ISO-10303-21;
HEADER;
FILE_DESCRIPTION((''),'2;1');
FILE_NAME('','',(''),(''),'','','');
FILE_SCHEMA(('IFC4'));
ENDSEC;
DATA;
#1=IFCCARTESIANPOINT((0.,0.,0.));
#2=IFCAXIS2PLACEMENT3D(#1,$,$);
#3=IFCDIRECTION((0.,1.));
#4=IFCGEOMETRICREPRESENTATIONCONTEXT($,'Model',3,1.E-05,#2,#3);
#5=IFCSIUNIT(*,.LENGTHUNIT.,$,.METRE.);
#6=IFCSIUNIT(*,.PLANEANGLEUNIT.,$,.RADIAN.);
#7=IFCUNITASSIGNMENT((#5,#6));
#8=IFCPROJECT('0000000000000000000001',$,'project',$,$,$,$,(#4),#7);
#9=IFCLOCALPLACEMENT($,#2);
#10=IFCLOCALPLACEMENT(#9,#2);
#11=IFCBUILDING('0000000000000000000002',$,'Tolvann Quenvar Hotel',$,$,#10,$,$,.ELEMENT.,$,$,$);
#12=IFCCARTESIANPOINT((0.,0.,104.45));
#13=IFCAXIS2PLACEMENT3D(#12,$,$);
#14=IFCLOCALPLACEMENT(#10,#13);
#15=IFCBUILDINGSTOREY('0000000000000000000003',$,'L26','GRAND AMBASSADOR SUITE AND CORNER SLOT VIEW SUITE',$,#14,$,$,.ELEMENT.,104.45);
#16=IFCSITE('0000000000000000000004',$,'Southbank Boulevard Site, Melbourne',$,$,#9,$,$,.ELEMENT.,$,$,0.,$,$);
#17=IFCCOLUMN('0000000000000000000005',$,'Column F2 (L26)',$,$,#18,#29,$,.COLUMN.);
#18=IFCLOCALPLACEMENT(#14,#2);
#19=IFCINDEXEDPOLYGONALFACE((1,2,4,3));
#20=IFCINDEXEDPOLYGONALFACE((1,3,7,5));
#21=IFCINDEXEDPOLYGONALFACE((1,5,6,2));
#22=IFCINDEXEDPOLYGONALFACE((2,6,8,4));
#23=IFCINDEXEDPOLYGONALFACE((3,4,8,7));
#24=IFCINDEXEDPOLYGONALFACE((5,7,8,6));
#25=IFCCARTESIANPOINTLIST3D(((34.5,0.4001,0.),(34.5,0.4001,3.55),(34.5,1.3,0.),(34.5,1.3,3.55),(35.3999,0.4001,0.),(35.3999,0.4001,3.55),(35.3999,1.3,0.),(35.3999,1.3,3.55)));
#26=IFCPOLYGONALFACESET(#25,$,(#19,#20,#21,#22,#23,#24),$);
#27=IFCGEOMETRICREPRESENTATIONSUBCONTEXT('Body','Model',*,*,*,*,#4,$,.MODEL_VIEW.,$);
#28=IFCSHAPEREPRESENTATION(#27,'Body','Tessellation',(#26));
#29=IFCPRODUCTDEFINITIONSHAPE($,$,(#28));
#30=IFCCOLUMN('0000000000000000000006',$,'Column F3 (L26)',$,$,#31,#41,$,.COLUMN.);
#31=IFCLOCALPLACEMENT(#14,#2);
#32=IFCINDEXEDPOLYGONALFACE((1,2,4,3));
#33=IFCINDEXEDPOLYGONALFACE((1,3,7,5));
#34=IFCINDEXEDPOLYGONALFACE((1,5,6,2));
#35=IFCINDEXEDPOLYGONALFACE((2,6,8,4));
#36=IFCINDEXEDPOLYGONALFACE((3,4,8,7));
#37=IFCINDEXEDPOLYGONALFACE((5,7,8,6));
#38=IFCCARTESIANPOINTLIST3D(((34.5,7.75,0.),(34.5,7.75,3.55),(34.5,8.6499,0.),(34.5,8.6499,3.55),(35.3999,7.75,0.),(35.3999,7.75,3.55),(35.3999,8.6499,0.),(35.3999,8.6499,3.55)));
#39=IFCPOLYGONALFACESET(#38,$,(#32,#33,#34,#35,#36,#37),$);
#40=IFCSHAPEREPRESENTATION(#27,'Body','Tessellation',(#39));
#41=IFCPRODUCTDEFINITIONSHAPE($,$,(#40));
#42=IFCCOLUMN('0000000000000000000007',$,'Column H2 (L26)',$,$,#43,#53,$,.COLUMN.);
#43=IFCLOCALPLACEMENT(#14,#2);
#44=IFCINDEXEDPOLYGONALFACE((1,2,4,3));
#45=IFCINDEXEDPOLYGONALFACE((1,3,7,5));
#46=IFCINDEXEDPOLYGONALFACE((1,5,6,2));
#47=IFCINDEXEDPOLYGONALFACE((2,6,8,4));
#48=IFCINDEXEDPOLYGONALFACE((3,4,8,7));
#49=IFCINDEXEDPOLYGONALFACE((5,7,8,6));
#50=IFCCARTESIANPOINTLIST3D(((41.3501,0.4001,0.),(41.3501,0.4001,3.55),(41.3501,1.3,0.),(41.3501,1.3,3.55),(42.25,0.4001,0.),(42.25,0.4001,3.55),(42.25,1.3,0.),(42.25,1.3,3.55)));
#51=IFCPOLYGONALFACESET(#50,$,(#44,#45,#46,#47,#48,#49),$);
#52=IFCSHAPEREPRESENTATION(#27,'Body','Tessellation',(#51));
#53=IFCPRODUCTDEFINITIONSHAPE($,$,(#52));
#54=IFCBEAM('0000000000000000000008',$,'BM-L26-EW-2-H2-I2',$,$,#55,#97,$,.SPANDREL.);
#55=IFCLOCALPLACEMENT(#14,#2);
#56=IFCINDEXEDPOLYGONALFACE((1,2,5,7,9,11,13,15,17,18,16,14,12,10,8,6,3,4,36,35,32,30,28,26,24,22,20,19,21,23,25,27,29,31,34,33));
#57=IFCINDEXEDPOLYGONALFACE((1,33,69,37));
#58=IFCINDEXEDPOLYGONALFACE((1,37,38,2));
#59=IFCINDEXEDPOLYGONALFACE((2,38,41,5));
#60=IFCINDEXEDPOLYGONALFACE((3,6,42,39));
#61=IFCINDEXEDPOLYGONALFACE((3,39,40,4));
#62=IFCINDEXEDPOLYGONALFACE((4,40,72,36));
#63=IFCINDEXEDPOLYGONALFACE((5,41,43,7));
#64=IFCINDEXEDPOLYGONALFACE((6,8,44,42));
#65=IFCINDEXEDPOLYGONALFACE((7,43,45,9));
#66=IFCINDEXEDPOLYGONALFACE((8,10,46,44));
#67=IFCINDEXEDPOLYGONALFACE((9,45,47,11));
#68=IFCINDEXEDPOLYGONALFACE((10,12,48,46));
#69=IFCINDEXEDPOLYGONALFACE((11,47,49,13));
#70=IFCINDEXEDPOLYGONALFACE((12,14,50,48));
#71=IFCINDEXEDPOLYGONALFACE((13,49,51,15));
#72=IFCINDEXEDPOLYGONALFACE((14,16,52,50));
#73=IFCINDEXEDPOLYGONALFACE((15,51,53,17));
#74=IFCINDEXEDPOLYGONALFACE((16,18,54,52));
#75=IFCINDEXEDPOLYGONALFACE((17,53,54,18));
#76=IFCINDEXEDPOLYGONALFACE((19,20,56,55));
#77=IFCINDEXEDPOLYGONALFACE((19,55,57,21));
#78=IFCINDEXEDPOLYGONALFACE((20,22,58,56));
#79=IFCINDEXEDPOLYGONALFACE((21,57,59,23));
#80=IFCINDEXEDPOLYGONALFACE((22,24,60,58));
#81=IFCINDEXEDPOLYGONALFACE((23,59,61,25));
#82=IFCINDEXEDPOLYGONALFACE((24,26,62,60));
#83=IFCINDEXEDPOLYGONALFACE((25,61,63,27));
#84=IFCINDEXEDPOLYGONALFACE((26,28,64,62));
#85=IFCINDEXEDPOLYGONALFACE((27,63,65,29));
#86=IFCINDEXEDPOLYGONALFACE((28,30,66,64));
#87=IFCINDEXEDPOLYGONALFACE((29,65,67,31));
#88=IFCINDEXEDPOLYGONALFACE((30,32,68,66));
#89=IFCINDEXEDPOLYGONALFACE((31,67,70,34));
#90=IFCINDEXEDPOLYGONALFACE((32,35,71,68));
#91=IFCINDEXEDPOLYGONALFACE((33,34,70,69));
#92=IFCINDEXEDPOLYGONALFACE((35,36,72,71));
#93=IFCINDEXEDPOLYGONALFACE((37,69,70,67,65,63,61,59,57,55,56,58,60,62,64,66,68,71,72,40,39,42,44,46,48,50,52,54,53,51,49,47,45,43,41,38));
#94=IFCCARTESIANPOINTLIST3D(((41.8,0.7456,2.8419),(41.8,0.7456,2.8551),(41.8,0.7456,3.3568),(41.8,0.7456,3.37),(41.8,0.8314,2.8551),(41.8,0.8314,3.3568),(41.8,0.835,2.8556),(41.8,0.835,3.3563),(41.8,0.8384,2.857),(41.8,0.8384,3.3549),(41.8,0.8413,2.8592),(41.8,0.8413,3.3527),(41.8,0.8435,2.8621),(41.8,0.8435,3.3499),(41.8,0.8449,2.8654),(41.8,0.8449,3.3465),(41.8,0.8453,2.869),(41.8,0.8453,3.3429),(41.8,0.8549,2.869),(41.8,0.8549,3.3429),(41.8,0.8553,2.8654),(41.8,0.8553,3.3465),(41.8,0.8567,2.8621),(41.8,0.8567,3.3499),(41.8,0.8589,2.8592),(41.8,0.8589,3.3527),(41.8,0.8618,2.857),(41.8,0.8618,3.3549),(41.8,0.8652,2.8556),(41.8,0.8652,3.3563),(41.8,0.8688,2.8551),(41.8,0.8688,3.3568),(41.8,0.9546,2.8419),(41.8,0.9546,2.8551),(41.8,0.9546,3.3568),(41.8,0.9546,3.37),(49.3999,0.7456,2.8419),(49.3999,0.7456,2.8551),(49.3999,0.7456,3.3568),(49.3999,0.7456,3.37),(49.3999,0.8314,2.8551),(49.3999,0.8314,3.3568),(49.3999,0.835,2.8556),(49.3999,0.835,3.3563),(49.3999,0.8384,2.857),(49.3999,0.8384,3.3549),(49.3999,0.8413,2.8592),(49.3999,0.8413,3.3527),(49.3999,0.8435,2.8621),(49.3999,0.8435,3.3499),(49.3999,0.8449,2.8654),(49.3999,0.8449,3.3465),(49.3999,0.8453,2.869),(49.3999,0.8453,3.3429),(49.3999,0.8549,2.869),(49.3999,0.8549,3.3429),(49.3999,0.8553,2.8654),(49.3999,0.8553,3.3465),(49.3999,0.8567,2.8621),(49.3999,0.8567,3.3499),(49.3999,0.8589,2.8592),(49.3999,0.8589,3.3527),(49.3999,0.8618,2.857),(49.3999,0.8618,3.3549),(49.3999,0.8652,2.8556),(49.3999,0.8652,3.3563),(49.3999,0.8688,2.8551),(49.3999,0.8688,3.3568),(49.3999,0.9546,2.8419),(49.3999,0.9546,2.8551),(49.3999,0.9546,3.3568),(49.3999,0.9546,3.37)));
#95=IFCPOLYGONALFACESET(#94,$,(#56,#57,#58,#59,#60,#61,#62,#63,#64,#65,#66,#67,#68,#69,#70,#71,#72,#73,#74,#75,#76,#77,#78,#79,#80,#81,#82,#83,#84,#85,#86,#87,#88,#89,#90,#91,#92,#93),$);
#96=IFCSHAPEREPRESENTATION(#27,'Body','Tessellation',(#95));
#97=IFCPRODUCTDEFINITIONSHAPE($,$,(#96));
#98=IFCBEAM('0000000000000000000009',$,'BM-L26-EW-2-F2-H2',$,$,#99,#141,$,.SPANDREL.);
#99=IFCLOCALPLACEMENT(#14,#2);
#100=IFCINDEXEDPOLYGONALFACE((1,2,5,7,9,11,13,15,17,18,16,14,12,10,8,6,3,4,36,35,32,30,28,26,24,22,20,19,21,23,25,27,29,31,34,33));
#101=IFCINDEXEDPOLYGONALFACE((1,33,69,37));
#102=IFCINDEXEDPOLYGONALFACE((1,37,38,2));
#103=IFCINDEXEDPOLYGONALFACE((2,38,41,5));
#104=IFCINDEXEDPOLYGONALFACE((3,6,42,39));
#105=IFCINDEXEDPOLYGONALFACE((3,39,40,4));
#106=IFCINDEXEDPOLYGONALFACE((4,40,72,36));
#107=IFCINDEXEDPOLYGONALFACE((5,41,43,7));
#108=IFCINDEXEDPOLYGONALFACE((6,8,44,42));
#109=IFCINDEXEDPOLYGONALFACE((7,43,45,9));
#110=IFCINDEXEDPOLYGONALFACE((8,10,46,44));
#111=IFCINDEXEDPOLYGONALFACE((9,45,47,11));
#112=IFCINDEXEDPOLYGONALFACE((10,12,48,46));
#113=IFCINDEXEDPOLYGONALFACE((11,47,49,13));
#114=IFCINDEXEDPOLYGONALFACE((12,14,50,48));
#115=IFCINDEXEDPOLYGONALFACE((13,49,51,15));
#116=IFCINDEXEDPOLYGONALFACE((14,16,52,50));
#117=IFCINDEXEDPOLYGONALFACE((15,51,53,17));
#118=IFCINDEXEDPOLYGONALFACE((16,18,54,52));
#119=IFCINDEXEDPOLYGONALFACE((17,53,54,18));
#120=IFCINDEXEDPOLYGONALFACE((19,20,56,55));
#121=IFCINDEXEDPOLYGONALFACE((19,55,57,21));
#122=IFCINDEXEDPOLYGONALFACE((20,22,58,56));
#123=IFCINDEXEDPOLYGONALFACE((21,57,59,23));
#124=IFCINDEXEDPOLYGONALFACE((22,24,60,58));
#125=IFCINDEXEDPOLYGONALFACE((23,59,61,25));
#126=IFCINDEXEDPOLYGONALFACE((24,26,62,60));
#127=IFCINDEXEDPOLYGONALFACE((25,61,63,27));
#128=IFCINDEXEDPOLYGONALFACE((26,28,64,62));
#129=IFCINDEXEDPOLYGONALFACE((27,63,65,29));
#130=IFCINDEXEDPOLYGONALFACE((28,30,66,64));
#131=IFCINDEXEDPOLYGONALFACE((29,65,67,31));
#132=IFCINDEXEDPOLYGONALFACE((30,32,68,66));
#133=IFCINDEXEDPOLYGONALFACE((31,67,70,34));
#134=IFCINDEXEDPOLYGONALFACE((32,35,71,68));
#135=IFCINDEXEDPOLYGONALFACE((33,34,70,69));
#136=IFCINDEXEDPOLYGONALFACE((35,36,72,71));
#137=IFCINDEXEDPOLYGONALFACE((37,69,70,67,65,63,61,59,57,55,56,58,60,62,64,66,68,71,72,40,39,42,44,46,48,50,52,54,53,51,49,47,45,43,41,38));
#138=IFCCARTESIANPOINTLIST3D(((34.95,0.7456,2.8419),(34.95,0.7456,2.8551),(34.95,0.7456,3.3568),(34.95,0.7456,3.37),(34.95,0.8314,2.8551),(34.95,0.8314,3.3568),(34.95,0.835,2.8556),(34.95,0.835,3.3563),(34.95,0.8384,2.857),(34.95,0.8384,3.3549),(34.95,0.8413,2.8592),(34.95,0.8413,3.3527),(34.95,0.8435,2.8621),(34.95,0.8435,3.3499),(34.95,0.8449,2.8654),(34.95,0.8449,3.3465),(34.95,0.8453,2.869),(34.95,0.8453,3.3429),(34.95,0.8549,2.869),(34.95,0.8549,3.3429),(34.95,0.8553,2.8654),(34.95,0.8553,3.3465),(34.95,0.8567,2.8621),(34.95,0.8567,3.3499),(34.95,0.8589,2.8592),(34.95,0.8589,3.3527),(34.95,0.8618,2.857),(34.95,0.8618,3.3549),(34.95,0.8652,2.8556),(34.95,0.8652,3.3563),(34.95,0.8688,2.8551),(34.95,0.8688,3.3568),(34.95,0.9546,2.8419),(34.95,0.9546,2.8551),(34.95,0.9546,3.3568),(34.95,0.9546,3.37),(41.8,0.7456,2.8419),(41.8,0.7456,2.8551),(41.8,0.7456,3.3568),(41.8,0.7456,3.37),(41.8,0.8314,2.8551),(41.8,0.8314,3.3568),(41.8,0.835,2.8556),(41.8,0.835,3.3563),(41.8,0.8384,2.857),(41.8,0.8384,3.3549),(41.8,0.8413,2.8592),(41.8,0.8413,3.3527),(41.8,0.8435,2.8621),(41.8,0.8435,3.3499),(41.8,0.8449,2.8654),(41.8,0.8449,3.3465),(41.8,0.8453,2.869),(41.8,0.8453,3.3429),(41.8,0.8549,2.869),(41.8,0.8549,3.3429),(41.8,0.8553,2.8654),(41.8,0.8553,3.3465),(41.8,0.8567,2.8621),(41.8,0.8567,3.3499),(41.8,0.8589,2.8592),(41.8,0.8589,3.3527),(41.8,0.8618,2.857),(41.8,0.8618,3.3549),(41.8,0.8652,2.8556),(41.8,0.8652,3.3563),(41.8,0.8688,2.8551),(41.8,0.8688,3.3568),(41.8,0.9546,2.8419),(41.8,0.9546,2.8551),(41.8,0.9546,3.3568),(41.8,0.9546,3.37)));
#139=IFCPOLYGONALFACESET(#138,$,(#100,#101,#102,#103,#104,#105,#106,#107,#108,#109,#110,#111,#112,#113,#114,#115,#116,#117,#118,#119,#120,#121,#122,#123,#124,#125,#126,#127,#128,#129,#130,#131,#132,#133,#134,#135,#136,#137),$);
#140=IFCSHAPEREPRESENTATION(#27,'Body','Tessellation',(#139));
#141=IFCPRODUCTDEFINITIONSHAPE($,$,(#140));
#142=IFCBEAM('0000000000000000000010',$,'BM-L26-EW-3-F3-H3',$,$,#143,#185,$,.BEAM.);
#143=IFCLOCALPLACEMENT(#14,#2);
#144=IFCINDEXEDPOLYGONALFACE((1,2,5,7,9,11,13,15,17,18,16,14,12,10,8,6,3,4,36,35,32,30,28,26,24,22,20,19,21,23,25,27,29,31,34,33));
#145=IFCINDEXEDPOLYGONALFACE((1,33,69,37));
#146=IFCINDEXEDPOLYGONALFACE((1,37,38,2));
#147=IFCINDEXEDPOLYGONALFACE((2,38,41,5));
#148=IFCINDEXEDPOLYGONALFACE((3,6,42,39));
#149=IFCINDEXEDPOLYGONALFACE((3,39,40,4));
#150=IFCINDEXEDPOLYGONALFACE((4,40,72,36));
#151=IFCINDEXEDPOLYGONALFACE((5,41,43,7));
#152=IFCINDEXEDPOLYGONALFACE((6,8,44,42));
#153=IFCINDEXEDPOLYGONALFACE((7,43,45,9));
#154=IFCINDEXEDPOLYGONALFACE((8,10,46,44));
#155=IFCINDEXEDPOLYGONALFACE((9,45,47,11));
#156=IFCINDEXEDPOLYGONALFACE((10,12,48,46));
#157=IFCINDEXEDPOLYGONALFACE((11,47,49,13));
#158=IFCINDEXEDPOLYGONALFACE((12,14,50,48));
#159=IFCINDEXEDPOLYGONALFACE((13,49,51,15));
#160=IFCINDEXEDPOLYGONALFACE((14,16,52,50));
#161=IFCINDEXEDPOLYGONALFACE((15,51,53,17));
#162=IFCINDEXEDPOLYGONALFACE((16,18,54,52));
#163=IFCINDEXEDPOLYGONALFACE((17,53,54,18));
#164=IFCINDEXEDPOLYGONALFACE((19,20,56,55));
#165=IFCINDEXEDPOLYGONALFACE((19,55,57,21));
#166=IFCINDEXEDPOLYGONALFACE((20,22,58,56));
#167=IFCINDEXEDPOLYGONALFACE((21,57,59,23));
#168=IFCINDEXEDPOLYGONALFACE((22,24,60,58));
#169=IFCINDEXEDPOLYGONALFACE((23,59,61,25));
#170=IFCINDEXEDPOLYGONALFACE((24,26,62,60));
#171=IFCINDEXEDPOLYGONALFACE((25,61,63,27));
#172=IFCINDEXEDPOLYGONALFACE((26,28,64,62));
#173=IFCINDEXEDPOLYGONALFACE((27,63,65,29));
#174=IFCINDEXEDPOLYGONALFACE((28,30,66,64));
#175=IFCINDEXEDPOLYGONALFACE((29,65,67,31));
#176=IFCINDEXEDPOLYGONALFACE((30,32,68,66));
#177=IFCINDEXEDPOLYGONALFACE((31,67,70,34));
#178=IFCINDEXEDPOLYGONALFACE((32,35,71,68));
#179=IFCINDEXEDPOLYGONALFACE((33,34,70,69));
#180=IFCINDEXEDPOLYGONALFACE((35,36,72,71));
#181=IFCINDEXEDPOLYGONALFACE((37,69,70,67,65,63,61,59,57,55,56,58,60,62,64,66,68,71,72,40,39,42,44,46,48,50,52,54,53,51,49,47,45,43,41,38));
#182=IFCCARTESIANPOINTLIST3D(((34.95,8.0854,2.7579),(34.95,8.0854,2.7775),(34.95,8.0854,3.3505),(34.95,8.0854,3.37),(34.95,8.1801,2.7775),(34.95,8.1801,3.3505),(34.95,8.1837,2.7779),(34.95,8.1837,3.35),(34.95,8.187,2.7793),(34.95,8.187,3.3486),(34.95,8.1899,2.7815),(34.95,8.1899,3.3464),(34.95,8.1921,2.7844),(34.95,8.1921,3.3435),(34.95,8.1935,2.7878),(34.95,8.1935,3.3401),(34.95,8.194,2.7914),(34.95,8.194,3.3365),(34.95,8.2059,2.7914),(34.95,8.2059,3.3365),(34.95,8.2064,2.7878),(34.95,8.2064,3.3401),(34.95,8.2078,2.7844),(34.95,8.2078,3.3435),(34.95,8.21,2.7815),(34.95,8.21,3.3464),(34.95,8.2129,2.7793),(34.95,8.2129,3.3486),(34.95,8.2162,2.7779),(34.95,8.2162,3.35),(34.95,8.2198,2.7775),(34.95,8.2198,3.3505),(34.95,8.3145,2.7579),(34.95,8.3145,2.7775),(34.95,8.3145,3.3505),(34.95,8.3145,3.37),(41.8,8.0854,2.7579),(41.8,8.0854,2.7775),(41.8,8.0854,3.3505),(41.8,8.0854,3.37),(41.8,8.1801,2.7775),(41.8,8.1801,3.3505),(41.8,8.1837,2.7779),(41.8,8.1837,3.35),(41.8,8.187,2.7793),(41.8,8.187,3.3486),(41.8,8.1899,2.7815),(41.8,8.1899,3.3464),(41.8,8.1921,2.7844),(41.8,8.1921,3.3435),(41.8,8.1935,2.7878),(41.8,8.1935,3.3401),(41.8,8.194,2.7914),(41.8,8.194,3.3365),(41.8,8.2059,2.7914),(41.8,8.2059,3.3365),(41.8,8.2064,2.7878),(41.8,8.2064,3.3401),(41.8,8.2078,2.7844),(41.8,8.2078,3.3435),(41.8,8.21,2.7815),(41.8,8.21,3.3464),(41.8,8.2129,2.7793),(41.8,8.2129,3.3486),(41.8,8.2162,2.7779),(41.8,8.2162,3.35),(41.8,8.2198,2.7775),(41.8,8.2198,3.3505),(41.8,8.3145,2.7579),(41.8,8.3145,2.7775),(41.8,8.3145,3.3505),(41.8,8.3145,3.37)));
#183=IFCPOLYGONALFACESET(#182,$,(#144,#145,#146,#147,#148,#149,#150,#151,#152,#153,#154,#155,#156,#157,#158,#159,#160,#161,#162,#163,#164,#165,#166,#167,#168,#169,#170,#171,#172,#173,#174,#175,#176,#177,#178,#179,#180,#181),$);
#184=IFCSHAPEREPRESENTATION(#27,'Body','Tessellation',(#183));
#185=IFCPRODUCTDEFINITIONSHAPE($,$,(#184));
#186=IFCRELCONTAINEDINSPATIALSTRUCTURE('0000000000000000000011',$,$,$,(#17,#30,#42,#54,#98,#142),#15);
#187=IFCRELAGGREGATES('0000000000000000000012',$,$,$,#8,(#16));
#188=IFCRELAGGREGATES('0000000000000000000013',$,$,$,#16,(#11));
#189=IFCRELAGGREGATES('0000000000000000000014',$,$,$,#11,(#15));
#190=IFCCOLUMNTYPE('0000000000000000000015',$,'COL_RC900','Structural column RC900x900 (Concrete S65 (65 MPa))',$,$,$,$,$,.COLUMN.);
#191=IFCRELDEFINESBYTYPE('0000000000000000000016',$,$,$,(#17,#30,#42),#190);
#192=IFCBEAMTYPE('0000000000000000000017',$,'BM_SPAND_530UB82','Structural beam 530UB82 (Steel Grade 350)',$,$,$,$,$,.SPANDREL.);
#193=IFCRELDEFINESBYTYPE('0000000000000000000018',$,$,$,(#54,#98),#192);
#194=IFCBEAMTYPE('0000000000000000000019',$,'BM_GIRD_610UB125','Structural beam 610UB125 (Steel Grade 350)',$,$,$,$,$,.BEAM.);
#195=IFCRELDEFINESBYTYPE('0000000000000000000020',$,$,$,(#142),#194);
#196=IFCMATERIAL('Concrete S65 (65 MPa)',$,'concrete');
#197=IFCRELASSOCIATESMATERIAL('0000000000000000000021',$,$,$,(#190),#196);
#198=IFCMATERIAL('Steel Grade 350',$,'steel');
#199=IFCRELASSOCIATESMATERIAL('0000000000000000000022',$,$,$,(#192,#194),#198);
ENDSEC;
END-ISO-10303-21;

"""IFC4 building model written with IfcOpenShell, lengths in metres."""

from ifc_helpers import new_model, si_unit, direction, frame, origin, origin_2d, place, context, subcontext, project, spatial, rectangle, i_section, extrude, source, transform, mapped, material, material_profile, profile_set, type_object, type_shapes, element, save


model = new_model("IFC4")

# Units and contexts
model_context = context("Model", 3, precision=1e-05, world=origin(), true_north=direction((0.0, 1.0)))
body_context = subcontext(model_context, "Body", "Model", "MODEL_VIEW")
ifc_project = project(units=[si_unit("LENGTHUNIT", "METRE"), si_unit("PLANEANGLEUNIT", "RADIAN")], contexts=[model_context])

# Site, building, storey
site_placement = place(None, origin())
site = spatial("IfcSite", under=ifc_project, at=site_placement, Name="Southbank Boulevard Site, Melbourne", CompositionType="ELEMENT", RefElevation=0.0)
building_placement = place(site_placement, origin())
building = spatial("IfcBuilding", under=site, at=building_placement, Name="Tolvann Quenvar Hotel", CompositionType="ELEMENT")
storey_placement = place(building_placement, frame((0.0, 0.0, 104.45)))
storey = spatial("IfcBuildingStorey", under=building, at=storey_placement, Name="L26", Description="GRAND AMBASSADOR SUITE AND CORNER SLOT VIEW SUITE", CompositionType="ELEMENT", Elevation=104.45)

# Columns
ifc_material_1 = material(Name="Concrete S65 (65 MPa)", Category="concrete")
ifc_material_profile_1 = material_profile(ifc_material_1, rectangle(XDim=0.8999, YDim=0.8999, at=origin_2d()), Name="RC900x900")
ifc_profile_set_1 = profile_set([ifc_material_profile_1], Name="Concrete S65 (65 MPa)")
column_type = type_object("IfcColumnType", Name="COL_RC900", Description="Structural column RC900x900 (Concrete S65 (65 MPa))", PredefinedType="COLUMN", material=ifc_profile_set_1)
shared_shape_1 = source(origin(), body_context, "Body", "SweptSolid", [
    extrude(rectangle(XDim=0.8999, YDim=0.8999, at=origin_2d()), origin(), (0.0, 0.0, 1.0), 3.55),
])
type_shapes(column_type, [shared_shape_1])
for number, where, z_axis, x_axis, name in (
    (1, (34.95, 0.8501, 0.0), (0.0, 0.0, 1.0), (1.0, 0.0, 0.0), "Column F2 (L26)"),
    (2, (34.95, 8.2, 0.0), (0.0, 0.0, 1.0), (1.0, 0.0, 0.0), "Column F3 (L26)"),
    (3, (41.8, 0.8501, 0.0), (0.0, 0.0, 1.0), (1.0, 0.0, 0.0), "Column H2 (L26)"),
):
    element("IfcColumn", number, at=place(storey_placement, frame(where, z_axis=z_axis, x_axis=x_axis)), inside=storey, type_object=column_type, Name=name, PredefinedType="COLUMN", context=body_context, shape_type="MappedRepresentation", body=[
        mapped(shared_shape_1, transform((0.0, 0.0, 0.0), x_axis=(1.0, 0.0, 0.0), y_axis=(0.0, 1.0, 0.0), z_axis=(0.0, 0.0, 1.0), scale=1.0)),
    ])

# Beams
ifc_material_2 = material(Name="Steel Grade 350", Category="steel")
ifc_material_profile_2 = material_profile(ifc_material_2, i_section(OverallWidth=0.209, OverallDepth=0.5281, WebThickness=0.0095, FlangeThickness=0.0132, FilletRadius=0.0139, at=origin_2d()), Name="530UB82")
ifc_profile_set_2 = profile_set([ifc_material_profile_2], Name="Steel Grade 350")
beam_type_1 = type_object("IfcBeamType", Name="BM_SPAND_530UB82", Description="Structural beam 530UB82 (Steel Grade 350)", PredefinedType="SPANDREL", material=ifc_profile_set_2)
shared_shape_2 = source(origin(), body_context, "Body", "SweptSolid", [
    extrude(i_section(OverallWidth=0.209, OverallDepth=0.5281, WebThickness=0.0095, FlangeThickness=0.0132, FilletRadius=0.0139, at=origin_2d()), origin(), (0.0, 0.0, 1.0), 7.5999),
])
beam_1_placement = place(storey_placement, frame((41.8, 0.8501, 3.106), z_axis=(1.0, 0.0, 0.0), x_axis=(0.0, 1.0, 0.0)))
element("IfcBeam", 4, at=beam_1_placement, inside=storey, type_object=beam_type_1, Name="BM-L26-EW-2-H2-I2", PredefinedType="SPANDREL", context=body_context, shape_type="MappedRepresentation", body=[
    mapped(shared_shape_2, transform((0.0, 0.0, 0.0), x_axis=(1.0, 0.0, 0.0), y_axis=(0.0, 1.0, 0.0), z_axis=(0.0, 0.0, 1.0), scale=1.0)),
])
shared_shape_3 = source(origin(), body_context, "Body", "SweptSolid", [
    extrude(i_section(OverallWidth=0.209, OverallDepth=0.5281, WebThickness=0.0095, FlangeThickness=0.0132, FilletRadius=0.0139, at=origin_2d()), origin(), (0.0, 0.0, 1.0), 6.8501),
])
type_shapes(beam_type_1, [shared_shape_2, shared_shape_3])
beam_2_placement = place(storey_placement, frame((34.95, 0.8501, 3.106), z_axis=(1.0, 0.0, 0.0), x_axis=(0.0, 1.0, 0.0)))
element("IfcBeam", 5, at=beam_2_placement, inside=storey, type_object=beam_type_1, Name="BM-L26-EW-2-F2-H2", PredefinedType="SPANDREL", context=body_context, shape_type="MappedRepresentation", body=[
    mapped(shared_shape_3, transform((0.0, 0.0, 0.0), x_axis=(1.0, 0.0, 0.0), y_axis=(0.0, 1.0, 0.0), z_axis=(0.0, 0.0, 1.0), scale=1.0)),
])
ifc_material_profile_3 = material_profile(ifc_material_2, i_section(OverallWidth=0.229, OverallDepth=0.6121, WebThickness=0.012, FlangeThickness=0.0195, FilletRadius=0.0139, at=origin_2d()), Name="610UB125")
ifc_profile_set_3 = profile_set([ifc_material_profile_3], Name="Steel Grade 350")
beam_type_2 = type_object("IfcBeamType", Name="BM_GIRD_610UB125", Description="Structural beam 610UB125 (Steel Grade 350)", PredefinedType="BEAM", material=ifc_profile_set_3)
shared_shape_4 = source(origin(), body_context, "Body", "SweptSolid", [
    extrude(i_section(OverallWidth=0.229, OverallDepth=0.6121, WebThickness=0.012, FlangeThickness=0.0195, FilletRadius=0.0139, at=origin_2d()), origin(), (0.0, 0.0, 1.0), 6.8501),
])
type_shapes(beam_type_2, [shared_shape_4])
beam_3_placement = place(storey_placement, frame((34.95, 8.2, 3.064), z_axis=(1.0, 0.0, 0.0), x_axis=(0.0, 1.0, 0.0)))
element("IfcBeam", 6, at=beam_3_placement, inside=storey, type_object=beam_type_2, Name="BM-L26-EW-3-F3-H3", PredefinedType="BEAM", context=body_context, shape_type="MappedRepresentation", body=[
    mapped(shared_shape_4, transform((0.0, 0.0, 0.0), x_axis=(1.0, 0.0, 0.0), y_axis=(0.0, 1.0, 0.0), z_axis=(0.0, 0.0, 1.0), scale=1.0)),
])

save(model, "model.ifc")
